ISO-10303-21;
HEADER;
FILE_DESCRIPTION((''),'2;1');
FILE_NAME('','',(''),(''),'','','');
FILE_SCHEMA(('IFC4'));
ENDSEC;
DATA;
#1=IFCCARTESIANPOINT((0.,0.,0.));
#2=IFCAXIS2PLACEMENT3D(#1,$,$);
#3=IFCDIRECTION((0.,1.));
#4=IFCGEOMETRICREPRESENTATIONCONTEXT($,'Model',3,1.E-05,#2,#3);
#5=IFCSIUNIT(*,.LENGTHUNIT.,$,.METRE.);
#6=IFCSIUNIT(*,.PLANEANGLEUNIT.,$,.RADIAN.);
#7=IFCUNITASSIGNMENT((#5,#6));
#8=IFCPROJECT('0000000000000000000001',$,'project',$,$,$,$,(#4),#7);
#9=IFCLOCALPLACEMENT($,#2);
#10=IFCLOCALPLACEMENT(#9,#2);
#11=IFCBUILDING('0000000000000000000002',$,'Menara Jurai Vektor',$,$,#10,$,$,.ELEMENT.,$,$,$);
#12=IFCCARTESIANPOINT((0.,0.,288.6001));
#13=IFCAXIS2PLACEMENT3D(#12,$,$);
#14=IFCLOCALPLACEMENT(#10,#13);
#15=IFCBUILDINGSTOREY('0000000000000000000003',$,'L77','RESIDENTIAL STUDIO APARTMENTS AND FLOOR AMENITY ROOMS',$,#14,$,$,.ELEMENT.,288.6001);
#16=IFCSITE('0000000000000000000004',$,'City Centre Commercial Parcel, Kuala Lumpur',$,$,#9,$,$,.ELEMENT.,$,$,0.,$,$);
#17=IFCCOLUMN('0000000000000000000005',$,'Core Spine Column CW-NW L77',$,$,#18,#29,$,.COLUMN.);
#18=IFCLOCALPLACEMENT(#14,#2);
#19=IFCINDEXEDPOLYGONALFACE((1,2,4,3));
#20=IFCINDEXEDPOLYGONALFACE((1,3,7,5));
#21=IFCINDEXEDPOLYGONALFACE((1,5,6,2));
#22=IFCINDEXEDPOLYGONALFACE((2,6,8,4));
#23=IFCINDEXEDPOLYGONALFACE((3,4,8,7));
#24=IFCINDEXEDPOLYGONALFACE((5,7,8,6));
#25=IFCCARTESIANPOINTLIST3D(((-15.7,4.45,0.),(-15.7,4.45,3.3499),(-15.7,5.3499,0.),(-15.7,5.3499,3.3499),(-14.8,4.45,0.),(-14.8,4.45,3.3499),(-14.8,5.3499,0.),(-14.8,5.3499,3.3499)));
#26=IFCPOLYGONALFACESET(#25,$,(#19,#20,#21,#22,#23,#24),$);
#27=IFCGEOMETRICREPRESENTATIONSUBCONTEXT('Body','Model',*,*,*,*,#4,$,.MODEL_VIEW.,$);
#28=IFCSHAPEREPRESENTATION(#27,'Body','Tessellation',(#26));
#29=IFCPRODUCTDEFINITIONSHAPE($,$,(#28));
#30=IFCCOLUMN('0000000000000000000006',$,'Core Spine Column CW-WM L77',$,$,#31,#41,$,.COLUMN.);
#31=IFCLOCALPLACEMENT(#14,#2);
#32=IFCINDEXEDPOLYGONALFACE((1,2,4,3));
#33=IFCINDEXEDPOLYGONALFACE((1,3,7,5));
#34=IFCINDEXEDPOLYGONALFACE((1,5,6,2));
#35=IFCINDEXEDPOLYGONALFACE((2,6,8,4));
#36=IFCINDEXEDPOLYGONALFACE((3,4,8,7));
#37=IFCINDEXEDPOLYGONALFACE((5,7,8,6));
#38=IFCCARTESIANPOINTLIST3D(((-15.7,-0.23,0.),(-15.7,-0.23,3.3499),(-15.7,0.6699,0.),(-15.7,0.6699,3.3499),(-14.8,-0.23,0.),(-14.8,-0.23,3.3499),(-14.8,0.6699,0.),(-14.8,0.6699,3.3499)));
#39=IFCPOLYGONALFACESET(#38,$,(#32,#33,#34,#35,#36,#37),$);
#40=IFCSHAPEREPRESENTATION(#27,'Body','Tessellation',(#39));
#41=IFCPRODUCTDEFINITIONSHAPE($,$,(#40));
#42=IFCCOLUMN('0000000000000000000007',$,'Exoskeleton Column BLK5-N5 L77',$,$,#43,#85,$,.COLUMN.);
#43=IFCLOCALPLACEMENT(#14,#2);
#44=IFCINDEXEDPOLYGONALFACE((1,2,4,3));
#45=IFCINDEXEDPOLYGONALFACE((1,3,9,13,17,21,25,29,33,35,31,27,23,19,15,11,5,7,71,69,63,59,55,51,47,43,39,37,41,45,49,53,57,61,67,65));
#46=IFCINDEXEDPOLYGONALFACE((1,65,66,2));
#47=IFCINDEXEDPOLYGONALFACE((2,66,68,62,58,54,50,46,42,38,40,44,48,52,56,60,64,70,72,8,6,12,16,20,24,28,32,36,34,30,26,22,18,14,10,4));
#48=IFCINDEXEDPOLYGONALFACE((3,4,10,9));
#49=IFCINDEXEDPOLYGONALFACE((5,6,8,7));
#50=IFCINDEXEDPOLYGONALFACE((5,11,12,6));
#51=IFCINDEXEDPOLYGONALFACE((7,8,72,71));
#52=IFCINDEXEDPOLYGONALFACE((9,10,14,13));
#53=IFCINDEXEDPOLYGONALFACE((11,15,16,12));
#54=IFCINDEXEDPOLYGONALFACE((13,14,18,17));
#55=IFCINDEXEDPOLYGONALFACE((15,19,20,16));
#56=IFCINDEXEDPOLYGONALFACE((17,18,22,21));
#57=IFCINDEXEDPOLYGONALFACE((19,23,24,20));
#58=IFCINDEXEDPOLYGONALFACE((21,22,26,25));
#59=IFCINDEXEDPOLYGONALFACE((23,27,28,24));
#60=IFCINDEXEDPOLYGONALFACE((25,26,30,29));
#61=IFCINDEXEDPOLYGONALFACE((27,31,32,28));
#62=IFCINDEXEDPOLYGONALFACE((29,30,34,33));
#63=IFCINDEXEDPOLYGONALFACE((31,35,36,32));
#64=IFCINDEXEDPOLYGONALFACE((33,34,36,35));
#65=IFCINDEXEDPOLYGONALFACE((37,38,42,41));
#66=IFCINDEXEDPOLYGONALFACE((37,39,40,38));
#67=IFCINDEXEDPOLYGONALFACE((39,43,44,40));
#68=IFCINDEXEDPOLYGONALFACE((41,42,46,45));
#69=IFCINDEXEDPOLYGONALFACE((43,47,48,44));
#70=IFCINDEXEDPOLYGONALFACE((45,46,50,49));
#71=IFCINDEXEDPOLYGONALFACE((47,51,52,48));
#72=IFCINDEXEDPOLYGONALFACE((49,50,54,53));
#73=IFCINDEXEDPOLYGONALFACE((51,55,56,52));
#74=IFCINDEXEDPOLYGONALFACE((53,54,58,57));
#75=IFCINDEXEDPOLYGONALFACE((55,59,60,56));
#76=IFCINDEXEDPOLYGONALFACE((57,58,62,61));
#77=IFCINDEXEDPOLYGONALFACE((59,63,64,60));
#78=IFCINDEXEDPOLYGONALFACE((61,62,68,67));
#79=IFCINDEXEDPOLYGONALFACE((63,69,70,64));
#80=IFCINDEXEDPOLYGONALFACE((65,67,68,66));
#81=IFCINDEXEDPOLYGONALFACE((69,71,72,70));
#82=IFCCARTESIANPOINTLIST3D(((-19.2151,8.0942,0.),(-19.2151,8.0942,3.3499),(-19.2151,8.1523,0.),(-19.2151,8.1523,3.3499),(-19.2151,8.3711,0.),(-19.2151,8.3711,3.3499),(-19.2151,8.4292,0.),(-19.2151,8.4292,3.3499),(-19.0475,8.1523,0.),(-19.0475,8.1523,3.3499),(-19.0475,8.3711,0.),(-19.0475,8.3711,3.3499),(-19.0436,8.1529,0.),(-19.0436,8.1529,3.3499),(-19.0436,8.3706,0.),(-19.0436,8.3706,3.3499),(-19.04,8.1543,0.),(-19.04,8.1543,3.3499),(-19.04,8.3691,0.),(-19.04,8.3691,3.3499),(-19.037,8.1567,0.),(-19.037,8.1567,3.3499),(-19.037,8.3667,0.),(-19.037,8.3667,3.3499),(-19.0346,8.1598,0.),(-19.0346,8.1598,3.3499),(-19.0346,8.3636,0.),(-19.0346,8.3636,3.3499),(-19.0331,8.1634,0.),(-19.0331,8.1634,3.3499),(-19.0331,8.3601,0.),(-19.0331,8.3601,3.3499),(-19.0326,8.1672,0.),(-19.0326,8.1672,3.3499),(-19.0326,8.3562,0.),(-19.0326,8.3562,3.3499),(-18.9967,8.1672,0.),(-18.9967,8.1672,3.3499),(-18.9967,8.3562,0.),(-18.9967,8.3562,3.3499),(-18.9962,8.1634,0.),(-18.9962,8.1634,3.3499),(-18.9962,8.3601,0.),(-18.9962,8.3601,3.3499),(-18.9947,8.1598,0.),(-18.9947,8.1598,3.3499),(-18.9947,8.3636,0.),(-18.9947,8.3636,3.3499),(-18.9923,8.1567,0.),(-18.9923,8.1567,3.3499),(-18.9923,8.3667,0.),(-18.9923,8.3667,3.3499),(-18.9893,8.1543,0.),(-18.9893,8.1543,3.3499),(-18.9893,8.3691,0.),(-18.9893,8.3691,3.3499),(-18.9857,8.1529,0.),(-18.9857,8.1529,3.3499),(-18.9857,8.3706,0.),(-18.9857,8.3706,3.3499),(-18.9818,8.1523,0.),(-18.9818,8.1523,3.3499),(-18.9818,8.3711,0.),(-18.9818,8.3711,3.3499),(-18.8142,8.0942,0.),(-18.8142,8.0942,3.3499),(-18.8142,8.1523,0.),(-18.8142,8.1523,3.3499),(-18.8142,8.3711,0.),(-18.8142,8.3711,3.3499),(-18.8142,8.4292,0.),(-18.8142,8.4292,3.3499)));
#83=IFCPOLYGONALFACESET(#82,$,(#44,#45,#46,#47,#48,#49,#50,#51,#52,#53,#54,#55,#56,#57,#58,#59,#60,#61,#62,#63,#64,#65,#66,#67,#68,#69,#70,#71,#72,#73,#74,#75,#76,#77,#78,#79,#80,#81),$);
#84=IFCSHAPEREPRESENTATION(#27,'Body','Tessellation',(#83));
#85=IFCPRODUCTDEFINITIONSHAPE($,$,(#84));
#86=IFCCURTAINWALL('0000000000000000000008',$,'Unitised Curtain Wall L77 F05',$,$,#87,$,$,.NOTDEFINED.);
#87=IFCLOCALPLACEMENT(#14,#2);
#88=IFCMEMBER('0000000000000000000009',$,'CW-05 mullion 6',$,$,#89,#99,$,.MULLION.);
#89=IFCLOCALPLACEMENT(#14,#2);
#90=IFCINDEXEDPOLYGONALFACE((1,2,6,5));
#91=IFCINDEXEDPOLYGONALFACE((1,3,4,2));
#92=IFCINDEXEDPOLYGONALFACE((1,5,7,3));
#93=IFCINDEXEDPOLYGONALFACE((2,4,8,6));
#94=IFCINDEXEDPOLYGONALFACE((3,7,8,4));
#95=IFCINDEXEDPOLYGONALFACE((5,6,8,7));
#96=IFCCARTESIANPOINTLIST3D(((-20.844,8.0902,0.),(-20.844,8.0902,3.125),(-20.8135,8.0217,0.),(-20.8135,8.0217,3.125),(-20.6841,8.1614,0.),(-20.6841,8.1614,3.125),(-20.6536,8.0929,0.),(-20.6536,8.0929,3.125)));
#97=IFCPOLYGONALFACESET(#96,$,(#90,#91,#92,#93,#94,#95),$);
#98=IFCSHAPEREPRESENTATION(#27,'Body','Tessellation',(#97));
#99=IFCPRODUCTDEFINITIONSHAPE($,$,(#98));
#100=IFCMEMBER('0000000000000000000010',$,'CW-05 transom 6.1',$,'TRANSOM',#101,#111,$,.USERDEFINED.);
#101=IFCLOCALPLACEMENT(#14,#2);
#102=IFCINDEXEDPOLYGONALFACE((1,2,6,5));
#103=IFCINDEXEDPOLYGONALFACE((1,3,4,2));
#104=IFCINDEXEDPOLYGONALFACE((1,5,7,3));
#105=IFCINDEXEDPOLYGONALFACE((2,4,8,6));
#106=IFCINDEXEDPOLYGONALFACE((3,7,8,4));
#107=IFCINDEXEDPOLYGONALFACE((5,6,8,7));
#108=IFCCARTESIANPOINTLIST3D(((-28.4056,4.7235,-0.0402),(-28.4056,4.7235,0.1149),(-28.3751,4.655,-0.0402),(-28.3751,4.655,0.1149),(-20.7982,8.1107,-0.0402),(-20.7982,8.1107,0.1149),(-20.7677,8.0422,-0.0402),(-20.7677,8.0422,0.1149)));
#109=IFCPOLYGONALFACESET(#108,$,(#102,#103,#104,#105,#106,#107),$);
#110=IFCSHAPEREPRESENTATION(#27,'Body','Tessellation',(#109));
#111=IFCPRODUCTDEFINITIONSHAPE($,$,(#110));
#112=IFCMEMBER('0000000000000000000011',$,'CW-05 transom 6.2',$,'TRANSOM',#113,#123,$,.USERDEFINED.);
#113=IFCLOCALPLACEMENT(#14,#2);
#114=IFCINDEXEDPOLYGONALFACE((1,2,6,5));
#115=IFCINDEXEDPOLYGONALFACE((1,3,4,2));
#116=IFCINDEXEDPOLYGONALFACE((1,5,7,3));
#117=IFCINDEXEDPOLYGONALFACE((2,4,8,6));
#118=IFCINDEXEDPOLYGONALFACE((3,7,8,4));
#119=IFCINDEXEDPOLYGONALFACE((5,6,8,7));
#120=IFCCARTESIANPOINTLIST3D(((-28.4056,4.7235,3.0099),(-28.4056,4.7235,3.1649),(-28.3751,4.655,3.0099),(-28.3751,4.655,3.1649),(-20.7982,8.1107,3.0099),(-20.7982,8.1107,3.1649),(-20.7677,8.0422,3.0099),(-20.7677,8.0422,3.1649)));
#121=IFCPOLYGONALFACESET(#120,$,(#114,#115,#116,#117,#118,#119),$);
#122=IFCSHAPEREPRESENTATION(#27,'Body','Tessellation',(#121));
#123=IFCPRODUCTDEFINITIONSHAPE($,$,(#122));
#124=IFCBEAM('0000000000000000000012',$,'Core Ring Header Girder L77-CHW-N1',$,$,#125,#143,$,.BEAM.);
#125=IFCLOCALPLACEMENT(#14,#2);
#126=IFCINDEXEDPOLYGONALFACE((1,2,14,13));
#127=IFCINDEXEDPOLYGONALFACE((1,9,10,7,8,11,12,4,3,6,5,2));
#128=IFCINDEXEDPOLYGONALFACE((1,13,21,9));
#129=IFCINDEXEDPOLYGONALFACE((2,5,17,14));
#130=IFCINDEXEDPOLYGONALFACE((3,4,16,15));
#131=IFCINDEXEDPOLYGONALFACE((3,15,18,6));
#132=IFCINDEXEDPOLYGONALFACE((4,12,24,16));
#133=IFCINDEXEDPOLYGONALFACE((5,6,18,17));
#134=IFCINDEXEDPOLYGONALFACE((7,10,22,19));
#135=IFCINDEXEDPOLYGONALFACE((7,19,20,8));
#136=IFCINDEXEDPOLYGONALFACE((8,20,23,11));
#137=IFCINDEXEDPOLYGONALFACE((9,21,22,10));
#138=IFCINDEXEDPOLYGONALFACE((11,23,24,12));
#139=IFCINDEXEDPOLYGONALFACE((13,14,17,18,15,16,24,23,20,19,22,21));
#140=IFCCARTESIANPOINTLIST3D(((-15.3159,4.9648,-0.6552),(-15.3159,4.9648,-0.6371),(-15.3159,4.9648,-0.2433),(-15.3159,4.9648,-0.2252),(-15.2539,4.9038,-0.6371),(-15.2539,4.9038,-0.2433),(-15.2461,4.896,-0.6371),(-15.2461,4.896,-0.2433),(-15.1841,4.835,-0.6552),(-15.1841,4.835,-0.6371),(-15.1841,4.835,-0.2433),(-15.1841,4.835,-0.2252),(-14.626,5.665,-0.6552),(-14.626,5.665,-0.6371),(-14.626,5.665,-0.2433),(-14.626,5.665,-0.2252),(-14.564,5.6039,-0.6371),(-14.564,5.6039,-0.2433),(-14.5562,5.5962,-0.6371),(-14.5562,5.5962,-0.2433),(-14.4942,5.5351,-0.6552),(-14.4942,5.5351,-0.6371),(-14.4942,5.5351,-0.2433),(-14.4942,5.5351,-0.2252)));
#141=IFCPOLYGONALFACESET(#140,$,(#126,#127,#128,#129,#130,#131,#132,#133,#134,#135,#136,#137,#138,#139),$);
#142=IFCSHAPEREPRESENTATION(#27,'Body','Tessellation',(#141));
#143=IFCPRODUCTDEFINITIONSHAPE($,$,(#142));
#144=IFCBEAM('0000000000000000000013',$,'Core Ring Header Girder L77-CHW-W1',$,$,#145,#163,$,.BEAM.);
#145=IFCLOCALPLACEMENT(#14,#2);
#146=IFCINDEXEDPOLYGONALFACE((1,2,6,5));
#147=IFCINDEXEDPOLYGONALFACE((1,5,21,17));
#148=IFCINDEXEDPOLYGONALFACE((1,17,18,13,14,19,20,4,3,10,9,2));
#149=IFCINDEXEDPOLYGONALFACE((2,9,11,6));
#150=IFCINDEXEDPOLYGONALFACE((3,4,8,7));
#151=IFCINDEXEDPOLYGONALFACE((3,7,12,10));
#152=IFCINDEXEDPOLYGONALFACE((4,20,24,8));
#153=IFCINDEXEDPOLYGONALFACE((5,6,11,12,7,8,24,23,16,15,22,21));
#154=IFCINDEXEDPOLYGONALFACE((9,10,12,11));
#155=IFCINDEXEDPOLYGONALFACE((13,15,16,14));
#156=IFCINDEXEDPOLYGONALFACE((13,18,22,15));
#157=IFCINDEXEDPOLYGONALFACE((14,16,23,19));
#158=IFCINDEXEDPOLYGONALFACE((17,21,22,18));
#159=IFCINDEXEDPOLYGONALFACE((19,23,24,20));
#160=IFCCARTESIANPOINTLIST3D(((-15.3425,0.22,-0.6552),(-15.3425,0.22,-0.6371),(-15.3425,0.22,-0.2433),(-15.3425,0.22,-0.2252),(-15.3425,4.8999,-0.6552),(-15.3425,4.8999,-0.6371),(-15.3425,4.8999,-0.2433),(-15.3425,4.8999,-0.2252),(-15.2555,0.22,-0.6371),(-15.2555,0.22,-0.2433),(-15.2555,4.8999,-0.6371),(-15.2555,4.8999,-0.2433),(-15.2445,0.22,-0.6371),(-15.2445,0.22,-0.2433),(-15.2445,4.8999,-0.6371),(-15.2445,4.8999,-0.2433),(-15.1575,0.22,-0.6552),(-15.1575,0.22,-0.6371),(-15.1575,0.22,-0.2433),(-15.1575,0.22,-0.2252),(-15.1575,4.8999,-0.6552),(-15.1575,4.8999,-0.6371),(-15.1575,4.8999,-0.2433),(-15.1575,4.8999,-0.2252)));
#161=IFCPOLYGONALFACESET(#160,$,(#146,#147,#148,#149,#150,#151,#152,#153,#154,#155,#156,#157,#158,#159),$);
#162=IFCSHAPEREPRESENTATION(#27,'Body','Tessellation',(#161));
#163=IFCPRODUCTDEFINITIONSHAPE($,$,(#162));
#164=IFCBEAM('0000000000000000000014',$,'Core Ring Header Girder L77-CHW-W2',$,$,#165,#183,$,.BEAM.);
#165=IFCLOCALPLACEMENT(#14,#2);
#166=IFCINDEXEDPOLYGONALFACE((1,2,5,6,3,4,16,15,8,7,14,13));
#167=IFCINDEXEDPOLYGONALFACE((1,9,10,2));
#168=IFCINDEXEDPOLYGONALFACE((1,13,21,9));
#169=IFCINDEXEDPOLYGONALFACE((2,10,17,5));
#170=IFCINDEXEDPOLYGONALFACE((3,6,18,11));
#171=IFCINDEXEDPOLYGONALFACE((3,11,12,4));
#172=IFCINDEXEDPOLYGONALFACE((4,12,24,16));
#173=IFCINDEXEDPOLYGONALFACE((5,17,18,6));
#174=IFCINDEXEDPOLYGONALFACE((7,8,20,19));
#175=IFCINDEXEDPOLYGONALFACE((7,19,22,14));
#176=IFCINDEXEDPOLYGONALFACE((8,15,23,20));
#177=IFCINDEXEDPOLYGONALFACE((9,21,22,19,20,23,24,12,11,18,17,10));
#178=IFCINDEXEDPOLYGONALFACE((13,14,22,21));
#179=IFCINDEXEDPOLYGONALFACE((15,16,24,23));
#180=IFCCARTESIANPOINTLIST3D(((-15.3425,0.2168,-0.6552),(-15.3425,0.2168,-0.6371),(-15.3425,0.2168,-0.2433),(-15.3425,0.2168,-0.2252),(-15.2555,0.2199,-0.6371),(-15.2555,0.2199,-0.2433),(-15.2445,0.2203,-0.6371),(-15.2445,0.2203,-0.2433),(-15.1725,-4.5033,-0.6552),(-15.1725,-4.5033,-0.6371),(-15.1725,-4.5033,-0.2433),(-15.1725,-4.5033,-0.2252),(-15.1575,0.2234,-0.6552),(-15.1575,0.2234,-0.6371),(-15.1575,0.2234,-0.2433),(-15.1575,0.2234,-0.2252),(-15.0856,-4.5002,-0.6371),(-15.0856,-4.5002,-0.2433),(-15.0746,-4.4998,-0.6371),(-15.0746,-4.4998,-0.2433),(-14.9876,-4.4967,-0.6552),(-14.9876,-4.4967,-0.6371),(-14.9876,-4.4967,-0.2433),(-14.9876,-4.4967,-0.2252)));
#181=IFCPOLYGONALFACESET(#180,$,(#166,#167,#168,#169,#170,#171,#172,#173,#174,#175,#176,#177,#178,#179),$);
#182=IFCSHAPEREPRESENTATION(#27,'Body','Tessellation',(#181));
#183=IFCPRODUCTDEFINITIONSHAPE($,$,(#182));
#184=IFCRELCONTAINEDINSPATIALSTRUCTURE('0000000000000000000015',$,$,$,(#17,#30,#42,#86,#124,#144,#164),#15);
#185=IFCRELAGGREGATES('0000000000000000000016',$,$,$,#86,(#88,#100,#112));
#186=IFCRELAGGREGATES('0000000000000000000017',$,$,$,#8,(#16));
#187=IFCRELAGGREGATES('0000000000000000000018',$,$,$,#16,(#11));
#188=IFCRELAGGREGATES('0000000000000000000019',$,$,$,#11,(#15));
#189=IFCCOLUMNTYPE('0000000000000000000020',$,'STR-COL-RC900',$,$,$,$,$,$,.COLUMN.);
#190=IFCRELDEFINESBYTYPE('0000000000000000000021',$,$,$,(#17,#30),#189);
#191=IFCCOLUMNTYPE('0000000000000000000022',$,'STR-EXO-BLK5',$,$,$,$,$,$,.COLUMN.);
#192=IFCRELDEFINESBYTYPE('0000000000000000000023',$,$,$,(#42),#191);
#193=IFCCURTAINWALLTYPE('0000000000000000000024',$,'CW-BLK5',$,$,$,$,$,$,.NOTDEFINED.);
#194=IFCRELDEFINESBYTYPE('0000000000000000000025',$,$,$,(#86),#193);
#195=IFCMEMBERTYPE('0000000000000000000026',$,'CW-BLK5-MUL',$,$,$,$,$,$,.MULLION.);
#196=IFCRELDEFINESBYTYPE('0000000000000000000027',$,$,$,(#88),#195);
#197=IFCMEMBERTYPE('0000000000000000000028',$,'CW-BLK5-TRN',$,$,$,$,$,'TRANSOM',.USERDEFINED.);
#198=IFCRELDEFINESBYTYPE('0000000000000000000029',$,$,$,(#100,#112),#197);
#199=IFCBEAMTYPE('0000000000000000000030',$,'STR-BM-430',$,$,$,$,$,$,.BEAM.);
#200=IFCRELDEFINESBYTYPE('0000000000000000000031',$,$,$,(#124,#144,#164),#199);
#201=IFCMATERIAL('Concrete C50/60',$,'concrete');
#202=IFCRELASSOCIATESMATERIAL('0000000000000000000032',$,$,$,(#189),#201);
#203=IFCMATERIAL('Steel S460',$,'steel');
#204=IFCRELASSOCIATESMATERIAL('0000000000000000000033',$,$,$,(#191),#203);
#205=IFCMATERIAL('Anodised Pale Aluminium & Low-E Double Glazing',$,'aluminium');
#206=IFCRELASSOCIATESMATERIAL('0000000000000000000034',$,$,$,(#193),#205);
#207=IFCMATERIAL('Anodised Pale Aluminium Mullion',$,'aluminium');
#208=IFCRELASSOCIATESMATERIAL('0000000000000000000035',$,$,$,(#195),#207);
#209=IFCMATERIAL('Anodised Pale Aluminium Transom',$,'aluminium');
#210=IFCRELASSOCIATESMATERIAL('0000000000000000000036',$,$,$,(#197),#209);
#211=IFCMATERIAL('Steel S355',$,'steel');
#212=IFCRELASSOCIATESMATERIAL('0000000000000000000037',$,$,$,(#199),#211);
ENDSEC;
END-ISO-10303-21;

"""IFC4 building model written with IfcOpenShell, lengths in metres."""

from ifc_helpers import new_model, si_unit, direction, frame, origin, origin_2d, place, context, subcontext, project, spatial, rectangle, i_section, extrude, material, material_profile, profile_set, type_object, element, aggregate, save


model = new_model("IFC4")

# Units and contexts
model_context = context("Model", 3, precision=1e-05, world=origin(), true_north=direction((0.0, 1.0)))
body_context = subcontext(model_context, "Body", "Model", "MODEL_VIEW")
ifc_project = project(units=[si_unit("LENGTHUNIT", "METRE"), si_unit("PLANEANGLEUNIT", "RADIAN")], contexts=[model_context])

# Site, building, storey
site_placement = place(None, origin())
site = spatial("IfcSite", under=ifc_project, at=site_placement, Name="City Centre Commercial Parcel, Kuala Lumpur", CompositionType="ELEMENT", RefElevation=0.0)
building_placement = place(site_placement, origin())
building = spatial("IfcBuilding", under=site, at=building_placement, Name="Menara Jurai Vektor", CompositionType="ELEMENT")
storey_placement = place(building_placement, frame((0.0, 0.0, 288.6001)))
storey = spatial("IfcBuildingStorey", under=building, at=storey_placement, Name="L77", Description="RESIDENTIAL STUDIO APARTMENTS AND FLOOR AMENITY ROOMS", CompositionType="ELEMENT", Elevation=288.6001)

# Columns
ifc_material_1 = material(Name="Concrete C50/60", Category="concrete")
ifc_material_profile_1 = material_profile(ifc_material_1, rectangle(XDim=0.8999, YDim=0.8999, at=origin_2d()), Name="RC 900x900")
ifc_profile_set_1 = profile_set([ifc_material_profile_1], Name="Concrete C50/60")
column_type_1 = type_object("IfcColumnType", Name="STR-COL-RC900", PredefinedType="COLUMN", material=ifc_profile_set_1)
for number, where, z_axis, x_axis, name in (
    (1, (-15.25, 4.8999, 0.0), (0.0, 0.0, 1.0), (1.0, 0.0, 0.0), "Core Spine Column CW-NW L77"),
    (2, (-15.25, 0.22, 0.0), (0.0, 0.0, 1.0), (1.0, 0.0, 0.0), "Core Spine Column CW-WM L77"),
):
    element("IfcColumn", number, at=place(storey_placement, frame(where, z_axis=z_axis, x_axis=x_axis)), inside=storey, type_object=column_type_1, Name=name, PredefinedType="COLUMN", context=body_context, shape_type="SweptSolid", body=[
        extrude(rectangle(XDim=0.8999, YDim=0.8999, at=origin_2d()), origin(), (0.0, 0.0, 1.0), 3.3499),
    ])
ifc_material_2 = material(Name="Steel S460", Category="steel")
ifc_material_profile_2 = material_profile(ifc_material_2, i_section(OverallWidth=0.4009, OverallDepth=0.335, WebThickness=0.0359, FlangeThickness=0.0581, FilletRadius=0.0149, at=origin_2d()), Name="HD 400x463")
ifc_profile_set_2 = profile_set([ifc_material_profile_2], Name="Steel S460")
column_type_2 = type_object("IfcColumnType", Name="STR-EXO-BLK5", PredefinedType="COLUMN", material=ifc_profile_set_2)
column_placement = place(storey_placement, frame((-19.0146, 8.2617, 0.0), z_axis=(0.0, 0.0, 1.0), x_axis=(1.0, 0.0, 0.0)))
element("IfcColumn", 3, at=column_placement, inside=storey, type_object=column_type_2, Name="Exoskeleton Column BLK5-N5 L77", PredefinedType="COLUMN", context=body_context, shape_type="SweptSolid", body=[
    extrude(i_section(OverallWidth=0.4009, OverallDepth=0.335, WebThickness=0.0359, FlangeThickness=0.0581, FilletRadius=0.0149, at=origin_2d()), origin(), (0.0, 0.0, 1.0), 3.3499),
])

# Curtain wall, members
ifc_material_3 = material(Name="Anodised Pale Aluminium & Low-E Double Glazing", Category="aluminium")
curtain_wall_type = type_object("IfcCurtainWallType", Name="CW-BLK5", PredefinedType="NOTDEFINED", material=ifc_material_3)
curtain_wall_placement = place(storey_placement, origin())
curtain_wall = element("IfcCurtainWall", 4, at=curtain_wall_placement, inside=storey, type_object=curtain_wall_type, Name="Unitised Curtain Wall L77 F05", PredefinedType="NOTDEFINED")
ifc_material_4 = material(Name="Anodised Pale Aluminium Mullion", Category="aluminium")
ifc_material_profile_3 = material_profile(ifc_material_4, rectangle(XDim=0.075, YDim=0.175, at=origin_2d()), Name="ALU MUL 75x175")
ifc_profile_set_3 = profile_set([ifc_material_profile_3], Name="Anodised Pale Aluminium Mullion")
member_type_1 = type_object("IfcMemberType", Name="CW-BLK5-MUL", PredefinedType="MULLION", material=ifc_profile_set_3)
member_1_placement = place(storey_placement, frame((-20.7488, 8.0916, 0.0), z_axis=(0.0, 0.0, 1.0), x_axis=(0.406735, -0.913546, 0.0)))
member_1 = element("IfcMember", 5, at=member_1_placement, type_object=member_type_1, Name="CW-05 mullion 6", PredefinedType="MULLION", context=body_context, shape_type="SweptSolid", body=[
    extrude(rectangle(XDim=0.075, YDim=0.175, at=origin_2d()), origin(), (0.0, 0.0, 1.0), 3.125),
])
ifc_material_5 = material(Name="Anodised Pale Aluminium Transom", Category="aluminium")
ifc_material_profile_4 = material_profile(ifc_material_5, rectangle(XDim=0.075, YDim=0.155, at=origin_2d()), Name="ALU TRN 75x155")
ifc_profile_set_4 = profile_set([ifc_material_profile_4], Name="Anodised Pale Aluminium Transom")
member_type_2 = type_object("IfcMemberType", Name="CW-BLK5-TRN", ElementType="TRANSOM", PredefinedType="USERDEFINED", material=ifc_profile_set_4)
member_2_placement = place(storey_placement, frame((-20.783, 8.0764, 0.0374), z_axis=(-0.913538, -0.406753, 0.0), x_axis=(0.406753, -0.913538, 0.0)))
member_2 = element("IfcMember", 6, at=member_2_placement, type_object=member_type_2, Name="CW-05 transom 6.1", ObjectType="TRANSOM", PredefinedType="USERDEFINED", context=body_context, shape_type="SweptSolid", body=[
    extrude(rectangle(XDim=0.075, YDim=0.155, at=origin_2d()), origin(), (0.0, 0.0, 1.0), 8.3274),
])
member_3_placement = place(storey_placement, frame((-20.783, 8.0764, 3.0874), z_axis=(-0.913538, -0.406753, 0.0), x_axis=(0.406753, -0.913538, 0.0)))
member_3 = element("IfcMember", 7, at=member_3_placement, type_object=member_type_2, Name="CW-05 transom 6.2", ObjectType="TRANSOM", PredefinedType="USERDEFINED", context=body_context, shape_type="SweptSolid", body=[
    extrude(rectangle(XDim=0.075, YDim=0.155, at=origin_2d()), origin(), (0.0, 0.0, 1.0), 8.3274),
])

# Beams
ifc_material_6 = material(Name="Steel S355", Category="steel")
ifc_material_profile_5 = material_profile(ifc_material_6, i_section(OverallWidth=0.1851, OverallDepth=0.4299, WebThickness=0.011, FlangeThickness=0.0181, at=origin_2d()), Name="PG 430x185x76")
ifc_profile_set_5 = profile_set([ifc_material_profile_5], Name="Steel S355")
beam_type_1 = type_object("IfcBeamType", Name="STR-BM-430", PredefinedType="BEAM", material=ifc_profile_set_5)
beam_1_placement = place(storey_placement, frame((-15.25, 4.8999, -0.4402), z_axis=(0.701872, 0.712303, 0.0), x_axis=(-0.712303, 0.701872, 0.0)))
element("IfcBeam", 8, at=beam_1_placement, inside=storey, type_object=beam_type_1, Name="Core Ring Header Girder L77-CHW-N1", PredefinedType="BEAM", context=body_context, shape_type="SweptSolid", body=[
    extrude(i_section(OverallWidth=0.1851, OverallDepth=0.4299, WebThickness=0.011, FlangeThickness=0.0181, at=origin_2d()), origin(), (0.0, 0.0, 1.0), 0.9829),
])
beam_2_placement = place(storey_placement, frame((-15.25, 0.22, -0.4402), z_axis=(0.0, 1.0, 0.0), x_axis=(-1.0, 0.0, 0.0)))
element("IfcBeam", 9, at=beam_2_placement, inside=storey, type_object=beam_type_1, Name="Core Ring Header Girder L77-CHW-W1", PredefinedType="BEAM", context=body_context, shape_type="SweptSolid", body=[
    extrude(i_section(OverallWidth=0.1851, OverallDepth=0.4299, WebThickness=0.011, FlangeThickness=0.0181, at=origin_2d()), origin(), (0.0, 0.0, 1.0), 4.6799),
])
beam_3_placement = place(storey_placement, frame((-15.0801, -4.5, -0.4402), z_axis=(-0.035977, 0.999353, 0.0), x_axis=(-0.999353, -0.035977, 0.0)))
element("IfcBeam", 10, at=beam_3_placement, inside=storey, type_object=beam_type_1, Name="Core Ring Header Girder L77-CHW-W2", PredefinedType="BEAM", context=body_context, shape_type="SweptSolid", body=[
    extrude(i_section(OverallWidth=0.1851, OverallDepth=0.4299, WebThickness=0.011, FlangeThickness=0.0181, at=origin_2d()), origin(), (0.0, 0.0, 1.0), 4.7231),
])

aggregate(curtain_wall, [member_1, member_2, member_3])

save(model, "model.ifc")
